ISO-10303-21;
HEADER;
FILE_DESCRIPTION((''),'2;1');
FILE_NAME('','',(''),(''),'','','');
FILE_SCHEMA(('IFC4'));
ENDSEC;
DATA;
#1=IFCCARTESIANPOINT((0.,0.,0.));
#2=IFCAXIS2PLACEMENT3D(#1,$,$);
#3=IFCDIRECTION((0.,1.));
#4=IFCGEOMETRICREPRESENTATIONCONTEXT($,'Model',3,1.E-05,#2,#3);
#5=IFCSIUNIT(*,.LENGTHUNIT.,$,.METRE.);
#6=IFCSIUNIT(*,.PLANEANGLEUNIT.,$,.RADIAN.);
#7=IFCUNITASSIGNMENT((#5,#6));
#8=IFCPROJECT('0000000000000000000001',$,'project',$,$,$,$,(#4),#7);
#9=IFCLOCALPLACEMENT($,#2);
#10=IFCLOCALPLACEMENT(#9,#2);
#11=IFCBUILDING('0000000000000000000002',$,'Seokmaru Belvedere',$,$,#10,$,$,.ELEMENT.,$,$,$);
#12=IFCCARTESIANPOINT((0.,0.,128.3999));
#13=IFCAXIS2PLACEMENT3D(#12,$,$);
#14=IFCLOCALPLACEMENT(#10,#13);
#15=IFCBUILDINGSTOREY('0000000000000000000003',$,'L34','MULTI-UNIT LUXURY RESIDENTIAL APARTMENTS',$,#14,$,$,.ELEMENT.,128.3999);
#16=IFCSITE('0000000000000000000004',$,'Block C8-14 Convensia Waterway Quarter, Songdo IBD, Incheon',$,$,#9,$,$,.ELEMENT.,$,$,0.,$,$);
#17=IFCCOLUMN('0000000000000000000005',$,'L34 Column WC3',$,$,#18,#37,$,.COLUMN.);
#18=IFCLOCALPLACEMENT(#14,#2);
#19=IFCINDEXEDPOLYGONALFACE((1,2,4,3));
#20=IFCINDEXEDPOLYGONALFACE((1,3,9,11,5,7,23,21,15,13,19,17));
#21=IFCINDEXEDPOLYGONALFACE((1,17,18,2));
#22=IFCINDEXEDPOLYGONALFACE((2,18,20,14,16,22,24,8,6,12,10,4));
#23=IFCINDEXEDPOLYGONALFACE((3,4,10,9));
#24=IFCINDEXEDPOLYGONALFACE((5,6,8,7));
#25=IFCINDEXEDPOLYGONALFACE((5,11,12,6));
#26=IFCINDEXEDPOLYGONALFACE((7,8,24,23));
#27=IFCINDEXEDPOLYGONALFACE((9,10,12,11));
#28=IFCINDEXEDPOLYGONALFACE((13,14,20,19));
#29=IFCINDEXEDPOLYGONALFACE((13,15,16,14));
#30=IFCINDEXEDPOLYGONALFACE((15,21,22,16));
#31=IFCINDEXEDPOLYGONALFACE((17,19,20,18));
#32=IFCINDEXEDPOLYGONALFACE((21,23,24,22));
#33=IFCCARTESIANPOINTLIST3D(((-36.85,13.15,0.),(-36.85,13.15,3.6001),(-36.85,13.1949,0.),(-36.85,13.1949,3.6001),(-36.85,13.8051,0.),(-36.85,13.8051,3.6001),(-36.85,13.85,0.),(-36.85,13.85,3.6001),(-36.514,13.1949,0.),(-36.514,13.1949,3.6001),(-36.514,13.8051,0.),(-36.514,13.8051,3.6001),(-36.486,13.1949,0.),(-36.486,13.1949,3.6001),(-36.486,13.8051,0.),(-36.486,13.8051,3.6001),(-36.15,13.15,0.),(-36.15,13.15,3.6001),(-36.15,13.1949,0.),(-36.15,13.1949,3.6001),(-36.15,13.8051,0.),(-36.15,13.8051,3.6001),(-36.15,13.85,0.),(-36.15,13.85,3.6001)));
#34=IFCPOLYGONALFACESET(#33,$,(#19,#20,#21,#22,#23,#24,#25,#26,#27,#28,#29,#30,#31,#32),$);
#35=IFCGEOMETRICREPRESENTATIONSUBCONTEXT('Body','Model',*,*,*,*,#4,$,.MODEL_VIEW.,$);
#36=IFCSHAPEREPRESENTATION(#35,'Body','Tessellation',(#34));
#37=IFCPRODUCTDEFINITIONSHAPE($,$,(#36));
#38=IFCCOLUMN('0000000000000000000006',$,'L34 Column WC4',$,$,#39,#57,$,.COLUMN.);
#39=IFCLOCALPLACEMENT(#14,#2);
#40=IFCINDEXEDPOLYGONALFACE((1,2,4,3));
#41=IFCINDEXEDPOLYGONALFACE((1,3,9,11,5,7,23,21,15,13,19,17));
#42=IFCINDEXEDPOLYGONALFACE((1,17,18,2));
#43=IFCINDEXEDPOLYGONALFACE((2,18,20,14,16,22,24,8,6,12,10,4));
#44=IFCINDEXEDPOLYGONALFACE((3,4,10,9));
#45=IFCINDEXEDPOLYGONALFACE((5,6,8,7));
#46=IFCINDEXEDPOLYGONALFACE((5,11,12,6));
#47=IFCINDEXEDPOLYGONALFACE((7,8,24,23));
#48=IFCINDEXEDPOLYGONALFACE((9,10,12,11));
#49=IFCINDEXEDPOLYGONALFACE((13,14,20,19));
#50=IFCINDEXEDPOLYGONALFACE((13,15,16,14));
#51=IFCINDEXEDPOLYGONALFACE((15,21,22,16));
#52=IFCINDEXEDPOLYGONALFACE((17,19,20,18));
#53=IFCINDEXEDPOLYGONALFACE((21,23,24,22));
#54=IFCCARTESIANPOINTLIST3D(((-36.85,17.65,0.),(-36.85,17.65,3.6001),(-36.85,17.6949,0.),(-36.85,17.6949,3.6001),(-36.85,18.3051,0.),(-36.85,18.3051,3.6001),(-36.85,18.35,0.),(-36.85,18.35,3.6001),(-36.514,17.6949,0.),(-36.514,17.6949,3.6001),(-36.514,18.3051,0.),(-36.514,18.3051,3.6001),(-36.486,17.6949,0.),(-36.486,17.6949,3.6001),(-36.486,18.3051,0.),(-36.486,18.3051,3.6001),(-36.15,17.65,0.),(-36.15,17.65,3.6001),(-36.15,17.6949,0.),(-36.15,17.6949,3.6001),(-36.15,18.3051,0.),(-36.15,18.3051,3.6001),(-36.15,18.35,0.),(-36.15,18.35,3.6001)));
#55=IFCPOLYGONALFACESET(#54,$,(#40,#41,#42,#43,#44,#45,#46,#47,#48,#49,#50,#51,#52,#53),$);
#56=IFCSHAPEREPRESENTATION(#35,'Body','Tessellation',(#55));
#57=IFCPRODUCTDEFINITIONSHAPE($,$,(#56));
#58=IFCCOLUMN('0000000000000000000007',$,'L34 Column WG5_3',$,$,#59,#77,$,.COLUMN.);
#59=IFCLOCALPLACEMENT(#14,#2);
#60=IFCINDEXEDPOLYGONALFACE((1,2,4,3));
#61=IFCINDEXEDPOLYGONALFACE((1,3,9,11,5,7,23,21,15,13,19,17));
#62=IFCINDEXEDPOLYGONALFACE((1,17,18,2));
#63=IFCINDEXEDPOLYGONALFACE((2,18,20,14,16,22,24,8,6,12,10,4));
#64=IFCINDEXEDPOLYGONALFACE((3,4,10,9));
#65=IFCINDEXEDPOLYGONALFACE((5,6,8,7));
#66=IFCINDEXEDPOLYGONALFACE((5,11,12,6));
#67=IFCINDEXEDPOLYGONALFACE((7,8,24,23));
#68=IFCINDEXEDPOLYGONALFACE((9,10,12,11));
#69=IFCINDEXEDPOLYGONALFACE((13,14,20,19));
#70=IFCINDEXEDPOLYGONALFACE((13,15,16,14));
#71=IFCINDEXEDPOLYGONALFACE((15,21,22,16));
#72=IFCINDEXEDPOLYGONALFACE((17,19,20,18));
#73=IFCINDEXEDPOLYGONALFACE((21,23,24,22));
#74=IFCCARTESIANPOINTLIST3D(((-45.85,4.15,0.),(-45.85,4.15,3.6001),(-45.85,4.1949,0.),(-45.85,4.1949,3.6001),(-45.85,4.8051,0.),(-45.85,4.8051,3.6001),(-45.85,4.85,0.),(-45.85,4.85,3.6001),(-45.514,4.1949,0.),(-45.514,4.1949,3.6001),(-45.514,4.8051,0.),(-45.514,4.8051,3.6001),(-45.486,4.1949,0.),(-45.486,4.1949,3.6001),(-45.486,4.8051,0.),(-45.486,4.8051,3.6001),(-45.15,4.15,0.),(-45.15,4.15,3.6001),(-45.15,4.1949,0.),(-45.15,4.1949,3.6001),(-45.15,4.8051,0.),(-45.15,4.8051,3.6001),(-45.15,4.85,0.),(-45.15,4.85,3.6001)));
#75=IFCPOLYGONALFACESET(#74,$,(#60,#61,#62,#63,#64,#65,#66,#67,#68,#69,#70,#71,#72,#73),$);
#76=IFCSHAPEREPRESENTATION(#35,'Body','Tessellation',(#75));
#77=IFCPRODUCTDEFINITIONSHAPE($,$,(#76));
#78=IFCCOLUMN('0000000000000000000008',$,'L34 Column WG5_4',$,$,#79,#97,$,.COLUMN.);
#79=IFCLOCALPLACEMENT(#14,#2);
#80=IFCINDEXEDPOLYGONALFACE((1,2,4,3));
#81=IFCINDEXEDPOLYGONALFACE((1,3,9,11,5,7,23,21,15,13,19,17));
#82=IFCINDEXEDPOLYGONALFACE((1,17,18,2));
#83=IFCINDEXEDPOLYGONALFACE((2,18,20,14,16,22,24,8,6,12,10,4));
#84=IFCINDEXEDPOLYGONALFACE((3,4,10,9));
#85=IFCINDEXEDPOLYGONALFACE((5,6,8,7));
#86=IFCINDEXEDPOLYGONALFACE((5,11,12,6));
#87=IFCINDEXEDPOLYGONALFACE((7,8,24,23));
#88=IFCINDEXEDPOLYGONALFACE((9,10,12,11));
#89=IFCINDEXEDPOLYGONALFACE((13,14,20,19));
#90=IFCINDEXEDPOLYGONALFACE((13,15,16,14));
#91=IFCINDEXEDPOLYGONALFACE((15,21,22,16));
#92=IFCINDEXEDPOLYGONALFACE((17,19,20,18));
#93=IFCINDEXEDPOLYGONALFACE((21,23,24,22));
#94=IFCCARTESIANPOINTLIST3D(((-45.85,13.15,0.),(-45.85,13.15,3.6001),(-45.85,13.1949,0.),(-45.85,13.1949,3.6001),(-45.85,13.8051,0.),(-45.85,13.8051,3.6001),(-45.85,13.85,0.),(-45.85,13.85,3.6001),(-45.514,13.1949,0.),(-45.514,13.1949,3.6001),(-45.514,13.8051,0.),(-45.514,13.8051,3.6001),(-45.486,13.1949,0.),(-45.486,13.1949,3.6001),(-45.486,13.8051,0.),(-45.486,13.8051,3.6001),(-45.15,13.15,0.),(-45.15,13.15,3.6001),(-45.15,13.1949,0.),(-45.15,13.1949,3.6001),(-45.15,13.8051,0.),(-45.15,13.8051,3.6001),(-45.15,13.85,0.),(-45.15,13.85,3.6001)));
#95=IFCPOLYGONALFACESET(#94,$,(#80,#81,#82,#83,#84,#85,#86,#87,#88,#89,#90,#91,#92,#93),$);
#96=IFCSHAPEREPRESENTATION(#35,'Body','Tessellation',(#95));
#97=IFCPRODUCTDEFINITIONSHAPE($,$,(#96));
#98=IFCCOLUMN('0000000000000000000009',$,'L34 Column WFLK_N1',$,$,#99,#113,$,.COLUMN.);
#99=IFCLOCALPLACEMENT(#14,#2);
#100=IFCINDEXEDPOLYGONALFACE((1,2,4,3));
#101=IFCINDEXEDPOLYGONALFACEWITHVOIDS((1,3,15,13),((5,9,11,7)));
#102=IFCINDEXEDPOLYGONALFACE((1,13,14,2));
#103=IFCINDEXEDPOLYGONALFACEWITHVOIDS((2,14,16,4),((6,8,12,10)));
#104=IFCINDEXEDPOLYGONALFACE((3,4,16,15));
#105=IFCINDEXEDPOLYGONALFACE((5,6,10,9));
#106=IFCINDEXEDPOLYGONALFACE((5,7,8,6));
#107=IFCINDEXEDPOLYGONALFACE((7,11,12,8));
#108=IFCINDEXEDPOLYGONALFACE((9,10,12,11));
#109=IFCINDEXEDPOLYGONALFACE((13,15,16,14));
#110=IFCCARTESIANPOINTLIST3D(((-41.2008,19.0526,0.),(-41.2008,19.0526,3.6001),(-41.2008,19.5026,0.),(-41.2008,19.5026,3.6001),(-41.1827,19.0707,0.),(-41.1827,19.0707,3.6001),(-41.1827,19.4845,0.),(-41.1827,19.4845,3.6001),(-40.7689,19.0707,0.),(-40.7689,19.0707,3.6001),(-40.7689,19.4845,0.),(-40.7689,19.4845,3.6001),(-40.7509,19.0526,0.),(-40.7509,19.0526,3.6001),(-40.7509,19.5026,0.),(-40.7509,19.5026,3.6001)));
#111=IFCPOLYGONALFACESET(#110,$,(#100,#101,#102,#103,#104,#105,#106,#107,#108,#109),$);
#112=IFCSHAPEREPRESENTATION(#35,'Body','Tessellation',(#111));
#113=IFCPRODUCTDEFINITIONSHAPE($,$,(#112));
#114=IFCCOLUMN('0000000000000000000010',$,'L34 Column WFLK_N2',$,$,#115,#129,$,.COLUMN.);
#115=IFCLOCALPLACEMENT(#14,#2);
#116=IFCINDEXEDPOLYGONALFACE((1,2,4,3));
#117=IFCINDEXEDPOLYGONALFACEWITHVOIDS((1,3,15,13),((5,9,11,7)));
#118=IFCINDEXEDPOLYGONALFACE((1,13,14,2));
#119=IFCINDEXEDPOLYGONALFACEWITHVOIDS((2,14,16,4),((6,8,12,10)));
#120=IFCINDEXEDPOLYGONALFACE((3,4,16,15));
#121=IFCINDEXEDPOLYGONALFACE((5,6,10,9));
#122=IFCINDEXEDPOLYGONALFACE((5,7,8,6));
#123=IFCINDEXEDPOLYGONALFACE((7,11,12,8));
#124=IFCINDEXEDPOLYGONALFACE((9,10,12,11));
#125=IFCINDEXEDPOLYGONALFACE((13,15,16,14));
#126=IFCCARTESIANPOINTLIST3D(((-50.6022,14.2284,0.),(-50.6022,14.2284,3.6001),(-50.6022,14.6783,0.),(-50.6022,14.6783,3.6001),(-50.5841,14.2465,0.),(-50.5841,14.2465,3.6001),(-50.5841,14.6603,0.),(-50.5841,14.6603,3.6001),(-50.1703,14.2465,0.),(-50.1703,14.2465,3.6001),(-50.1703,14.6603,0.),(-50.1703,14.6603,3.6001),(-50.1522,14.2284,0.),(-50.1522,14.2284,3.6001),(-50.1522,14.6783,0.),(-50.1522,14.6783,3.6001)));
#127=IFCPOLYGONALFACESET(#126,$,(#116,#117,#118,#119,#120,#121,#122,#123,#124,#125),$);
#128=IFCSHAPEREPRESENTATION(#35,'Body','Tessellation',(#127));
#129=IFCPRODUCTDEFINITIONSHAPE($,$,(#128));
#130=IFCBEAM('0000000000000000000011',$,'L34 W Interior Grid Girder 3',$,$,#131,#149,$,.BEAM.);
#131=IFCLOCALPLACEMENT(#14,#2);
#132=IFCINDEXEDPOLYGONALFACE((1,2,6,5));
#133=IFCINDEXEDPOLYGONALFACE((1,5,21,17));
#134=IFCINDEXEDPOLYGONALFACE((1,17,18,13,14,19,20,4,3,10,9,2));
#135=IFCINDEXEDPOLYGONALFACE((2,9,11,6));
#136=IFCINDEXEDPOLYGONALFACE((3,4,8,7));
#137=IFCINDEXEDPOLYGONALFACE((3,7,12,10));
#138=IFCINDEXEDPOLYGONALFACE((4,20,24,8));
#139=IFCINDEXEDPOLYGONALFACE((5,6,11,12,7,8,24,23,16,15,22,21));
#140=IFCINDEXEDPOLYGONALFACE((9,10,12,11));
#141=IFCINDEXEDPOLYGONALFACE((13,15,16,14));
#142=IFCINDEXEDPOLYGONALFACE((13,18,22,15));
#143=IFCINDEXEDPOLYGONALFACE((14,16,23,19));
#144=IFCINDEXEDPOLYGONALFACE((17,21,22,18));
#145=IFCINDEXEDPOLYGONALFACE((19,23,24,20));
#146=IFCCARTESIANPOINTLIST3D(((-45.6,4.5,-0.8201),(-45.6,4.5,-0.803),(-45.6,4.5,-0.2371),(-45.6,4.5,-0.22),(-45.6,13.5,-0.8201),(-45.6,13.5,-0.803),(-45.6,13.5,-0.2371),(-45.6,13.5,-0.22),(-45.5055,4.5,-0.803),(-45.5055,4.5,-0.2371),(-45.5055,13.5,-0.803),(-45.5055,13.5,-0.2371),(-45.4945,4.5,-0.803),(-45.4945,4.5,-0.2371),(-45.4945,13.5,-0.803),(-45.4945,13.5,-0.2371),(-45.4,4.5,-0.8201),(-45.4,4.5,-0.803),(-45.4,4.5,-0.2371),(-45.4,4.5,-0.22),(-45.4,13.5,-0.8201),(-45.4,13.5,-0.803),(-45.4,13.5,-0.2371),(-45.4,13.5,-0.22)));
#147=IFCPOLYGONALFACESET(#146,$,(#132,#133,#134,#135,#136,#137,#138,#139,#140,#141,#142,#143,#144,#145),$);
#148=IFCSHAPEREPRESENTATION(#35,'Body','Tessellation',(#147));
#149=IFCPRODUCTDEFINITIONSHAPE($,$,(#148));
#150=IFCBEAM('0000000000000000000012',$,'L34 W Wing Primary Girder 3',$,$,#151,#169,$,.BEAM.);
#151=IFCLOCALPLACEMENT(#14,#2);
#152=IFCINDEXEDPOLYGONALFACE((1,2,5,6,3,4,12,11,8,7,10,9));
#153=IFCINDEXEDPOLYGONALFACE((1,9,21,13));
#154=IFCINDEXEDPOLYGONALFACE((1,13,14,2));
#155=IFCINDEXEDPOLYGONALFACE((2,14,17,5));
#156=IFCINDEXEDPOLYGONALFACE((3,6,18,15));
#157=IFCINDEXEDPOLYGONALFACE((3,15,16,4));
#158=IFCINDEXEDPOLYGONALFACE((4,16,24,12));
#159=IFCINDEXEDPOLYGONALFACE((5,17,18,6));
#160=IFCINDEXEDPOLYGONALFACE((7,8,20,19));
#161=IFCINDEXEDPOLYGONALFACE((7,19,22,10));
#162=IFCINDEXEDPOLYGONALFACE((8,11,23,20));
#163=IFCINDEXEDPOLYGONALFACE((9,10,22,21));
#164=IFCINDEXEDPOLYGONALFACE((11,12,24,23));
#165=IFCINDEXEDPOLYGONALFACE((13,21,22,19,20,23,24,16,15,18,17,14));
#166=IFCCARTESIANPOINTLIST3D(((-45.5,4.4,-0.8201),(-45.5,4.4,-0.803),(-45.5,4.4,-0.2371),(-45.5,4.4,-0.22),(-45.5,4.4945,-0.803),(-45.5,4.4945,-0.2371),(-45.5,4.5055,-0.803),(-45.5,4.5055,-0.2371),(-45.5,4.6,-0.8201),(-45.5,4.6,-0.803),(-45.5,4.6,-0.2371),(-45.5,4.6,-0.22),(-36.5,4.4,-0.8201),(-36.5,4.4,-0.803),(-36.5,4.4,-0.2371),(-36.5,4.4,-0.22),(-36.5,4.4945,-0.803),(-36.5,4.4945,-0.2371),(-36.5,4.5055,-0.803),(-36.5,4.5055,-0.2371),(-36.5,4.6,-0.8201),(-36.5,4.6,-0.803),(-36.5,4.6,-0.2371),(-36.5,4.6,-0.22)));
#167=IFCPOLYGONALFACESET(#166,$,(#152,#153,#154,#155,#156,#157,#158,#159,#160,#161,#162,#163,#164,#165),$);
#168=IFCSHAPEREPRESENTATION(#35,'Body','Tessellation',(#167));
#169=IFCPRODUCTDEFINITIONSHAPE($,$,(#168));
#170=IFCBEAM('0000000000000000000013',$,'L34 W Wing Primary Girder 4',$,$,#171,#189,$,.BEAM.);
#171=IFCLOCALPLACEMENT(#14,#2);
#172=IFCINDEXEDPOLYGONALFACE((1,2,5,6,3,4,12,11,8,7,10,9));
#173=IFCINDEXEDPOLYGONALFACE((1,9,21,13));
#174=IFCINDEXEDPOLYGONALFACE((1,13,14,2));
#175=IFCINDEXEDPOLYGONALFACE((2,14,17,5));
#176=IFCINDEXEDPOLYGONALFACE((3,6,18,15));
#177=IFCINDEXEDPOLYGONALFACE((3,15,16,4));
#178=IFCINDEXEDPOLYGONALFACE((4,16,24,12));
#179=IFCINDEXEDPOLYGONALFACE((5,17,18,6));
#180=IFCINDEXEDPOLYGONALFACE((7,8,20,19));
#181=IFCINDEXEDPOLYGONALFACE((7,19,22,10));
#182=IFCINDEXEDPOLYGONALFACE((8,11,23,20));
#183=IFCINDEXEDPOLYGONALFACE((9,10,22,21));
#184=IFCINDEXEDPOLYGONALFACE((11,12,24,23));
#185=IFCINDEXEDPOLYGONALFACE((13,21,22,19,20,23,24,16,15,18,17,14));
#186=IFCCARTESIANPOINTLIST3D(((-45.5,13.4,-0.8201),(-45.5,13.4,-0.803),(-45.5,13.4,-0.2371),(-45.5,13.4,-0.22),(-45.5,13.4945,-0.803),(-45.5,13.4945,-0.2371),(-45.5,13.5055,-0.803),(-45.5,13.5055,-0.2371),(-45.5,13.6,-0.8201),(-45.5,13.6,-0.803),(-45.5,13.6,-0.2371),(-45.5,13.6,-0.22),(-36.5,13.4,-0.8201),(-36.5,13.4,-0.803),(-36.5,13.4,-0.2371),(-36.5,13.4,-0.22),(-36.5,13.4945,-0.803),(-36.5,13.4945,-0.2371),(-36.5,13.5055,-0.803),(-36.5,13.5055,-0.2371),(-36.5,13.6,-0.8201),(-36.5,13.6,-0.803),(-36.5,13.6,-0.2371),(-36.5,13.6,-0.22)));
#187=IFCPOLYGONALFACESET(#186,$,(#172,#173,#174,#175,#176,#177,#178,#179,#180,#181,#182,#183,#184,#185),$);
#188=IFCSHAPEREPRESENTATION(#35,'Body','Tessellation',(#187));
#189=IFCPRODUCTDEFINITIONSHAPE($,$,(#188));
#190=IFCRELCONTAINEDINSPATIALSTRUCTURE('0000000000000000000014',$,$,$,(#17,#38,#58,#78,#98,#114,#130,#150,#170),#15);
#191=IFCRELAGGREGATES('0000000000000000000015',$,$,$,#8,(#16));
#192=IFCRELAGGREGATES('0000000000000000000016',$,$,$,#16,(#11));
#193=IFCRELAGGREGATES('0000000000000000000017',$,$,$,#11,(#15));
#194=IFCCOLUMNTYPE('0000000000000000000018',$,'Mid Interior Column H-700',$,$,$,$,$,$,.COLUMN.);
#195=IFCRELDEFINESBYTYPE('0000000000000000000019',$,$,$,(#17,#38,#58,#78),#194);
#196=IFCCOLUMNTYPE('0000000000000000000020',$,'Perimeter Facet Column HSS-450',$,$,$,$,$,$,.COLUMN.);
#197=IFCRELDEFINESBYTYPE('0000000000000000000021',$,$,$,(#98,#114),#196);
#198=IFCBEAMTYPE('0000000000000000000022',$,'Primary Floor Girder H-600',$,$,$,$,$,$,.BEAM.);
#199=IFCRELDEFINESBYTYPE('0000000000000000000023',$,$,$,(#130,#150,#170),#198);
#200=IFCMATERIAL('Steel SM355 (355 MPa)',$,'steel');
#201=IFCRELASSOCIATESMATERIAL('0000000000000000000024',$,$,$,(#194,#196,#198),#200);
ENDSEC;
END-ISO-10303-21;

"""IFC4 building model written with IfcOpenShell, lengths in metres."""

from ifc_helpers import new_model, si_unit, direction, frame, origin, origin_2d, place, context, subcontext, project, spatial, hollow_rectangle, i_section, extrude, source, transform, mapped, material, material_profile, profile_set, type_object, type_shapes, element, save


model = new_model("IFC4")

# Units and contexts
model_context = context("Model", 3, precision=1e-05, world=origin(), true_north=direction((0.0, 1.0)))
body_context = subcontext(model_context, "Body", "Model", "MODEL_VIEW")
ifc_project = project(units=[si_unit("LENGTHUNIT", "METRE"), si_unit("PLANEANGLEUNIT", "RADIAN")], contexts=[model_context])

# Site, building, storey
site_placement = place(None, origin())
site = spatial("IfcSite", under=ifc_project, at=site_placement, Name="Block C8-14 Convensia Waterway Quarter, Songdo IBD, Incheon", CompositionType="ELEMENT", RefElevation=0.0)
building_placement = place(site_placement, origin())
building = spatial("IfcBuilding", under=site, at=building_placement, Name="Seokmaru Belvedere", CompositionType="ELEMENT")
storey_placement = place(building_placement, frame((0.0, 0.0, 128.3999)))
storey = spatial("IfcBuildingStorey", under=building, at=storey_placement, Name="L34", Description="MULTI-UNIT LUXURY RESIDENTIAL APARTMENTS", CompositionType="ELEMENT", Elevation=128.3999)

# Columns
ifc_material_1 = material(Name="Steel SM355 (355 MPa)", Category="steel")
ifc_material_profile_1 = material_profile(ifc_material_1, i_section(OverallWidth=0.7, OverallDepth=0.7, WebThickness=0.0281, FlangeThickness=0.0449, at=origin_2d()), Name="H-700x700x28x45")
ifc_profile_set_1 = profile_set([ifc_material_profile_1], Name="Steel SM355 (355 MPa)")
column_type_1 = type_object("IfcColumnType", Name="Mid Interior Column H-700", PredefinedType="COLUMN", material=ifc_profile_set_1)
shared_shape_1 = source(origin(), body_context, "Body", "SweptSolid", [
    extrude(i_section(OverallWidth=0.7, OverallDepth=0.7, WebThickness=0.0281, FlangeThickness=0.0449, at=origin_2d()), origin(), (0.0, 0.0, 1.0), 3.6001),
])
type_shapes(column_type_1, [shared_shape_1])
for number, where, z_axis, x_axis, name in (
    (1, (-36.5, 13.5, 0.0), (0.0, 0.0, 1.0), (1.0, 0.0, 0.0), "L34 Column WC3"),
    (2, (-36.5, 18.0, 0.0), (0.0, 0.0, 1.0), (1.0, 0.0, 0.0), "L34 Column WC4"),
    (3, (-45.5, 4.5, 0.0), (0.0, 0.0, 1.0), (1.0, 0.0, 0.0), "L34 Column WG5_3"),
    (4, (-45.5, 13.5, 0.0), (0.0, 0.0, 1.0), (1.0, 0.0, 0.0), "L34 Column WG5_4"),
):
    element("IfcColumn", number, at=place(storey_placement, frame(where, z_axis=z_axis, x_axis=x_axis)), inside=storey, type_object=column_type_1, Name=name, PredefinedType="COLUMN", context=body_context, shape_type="MappedRepresentation", body=[
        mapped(shared_shape_1, transform((0.0, 0.0, 0.0), scale=1.0)),
    ])
ifc_material_profile_2 = material_profile(ifc_material_1, hollow_rectangle(XDim=0.45, YDim=0.45, WallThickness=0.0181, at=origin_2d()), Name="HSS-450x450x18")
ifc_profile_set_2 = profile_set([ifc_material_profile_2], Name="Steel SM355 (355 MPa)")
column_type_2 = type_object("IfcColumnType", Name="Perimeter Facet Column HSS-450", PredefinedType="COLUMN", material=ifc_profile_set_2)
shared_shape_2 = source(origin(), body_context, "Body", "SweptSolid", [
    extrude(hollow_rectangle(XDim=0.45, YDim=0.45, WallThickness=0.0181, at=origin_2d()), origin(), (0.0, 0.0, 1.0), 3.6001),
])
type_shapes(column_type_2, [shared_shape_2])
for number, where, z_axis, x_axis, name in (
    (5, (-40.9758, 19.2776, 0.0), (0.0, 0.0, 1.0), (1.0, 0.0, 0.0), "L34 Column WFLK_N1"),
    (6, (-50.3772, 14.4534, 0.0), (0.0, 0.0, 1.0), (1.0, 0.0, 0.0), "L34 Column WFLK_N2"),
):
    element("IfcColumn", number, at=place(storey_placement, frame(where, z_axis=z_axis, x_axis=x_axis)), inside=storey, type_object=column_type_2, Name=name, PredefinedType="COLUMN", context=body_context, shape_type="MappedRepresentation", body=[
        mapped(shared_shape_2, transform((0.0, 0.0, 0.0), scale=1.0)),
    ])

# Beams
ifc_material_profile_3 = material_profile(ifc_material_1, i_section(OverallWidth=0.2, OverallDepth=0.6001, WebThickness=0.011, FlangeThickness=0.0171, at=origin_2d()), Name="H-600x200x11x17")
ifc_profile_set_3 = profile_set([ifc_material_profile_3], Name="Steel SM355 (355 MPa)")
beam_type_1 = type_object("IfcBeamType", Name="Primary Floor Girder H-600", PredefinedType="BEAM", material=ifc_profile_set_3)
shared_shape_3 = source(origin(), body_context, "Body", "SweptSolid", [
    extrude(i_section(OverallWidth=0.2, OverallDepth=0.6001, WebThickness=0.011, FlangeThickness=0.0171, at=origin_2d()), origin(), (0.0, 0.0, 1.0), 9.0),
])
for number, where, z_axis, x_axis, name in (
    (7, (-45.5, 4.5, -0.52), (0.0, 1.0, 0.0), (-1.0, 0.0, 0.0), "L34 W Interior Grid Girder 3"),
    (8, (-45.5, 4.5, -0.52), (1.0, 0.0, 0.0), (0.0, 1.0, 0.0), "L34 W Wing Primary Girder 3"),
    (9, (-45.5, 13.5, -0.52), (1.0, 0.0, 0.0), (0.0, 1.0, 0.0), "L34 W Wing Primary Girder 4"),
):
    element("IfcBeam", number, at=place(storey_placement, frame(where, z_axis=z_axis, x_axis=x_axis)), inside=storey, type_object=beam_type_1, Name=name, PredefinedType="BEAM", context=body_context, shape_type="MappedRepresentation", body=[
        mapped(shared_shape_3, transform((0.0, 0.0, 0.0), scale=1.0)),
    ])

save(model, "model.ifc")
